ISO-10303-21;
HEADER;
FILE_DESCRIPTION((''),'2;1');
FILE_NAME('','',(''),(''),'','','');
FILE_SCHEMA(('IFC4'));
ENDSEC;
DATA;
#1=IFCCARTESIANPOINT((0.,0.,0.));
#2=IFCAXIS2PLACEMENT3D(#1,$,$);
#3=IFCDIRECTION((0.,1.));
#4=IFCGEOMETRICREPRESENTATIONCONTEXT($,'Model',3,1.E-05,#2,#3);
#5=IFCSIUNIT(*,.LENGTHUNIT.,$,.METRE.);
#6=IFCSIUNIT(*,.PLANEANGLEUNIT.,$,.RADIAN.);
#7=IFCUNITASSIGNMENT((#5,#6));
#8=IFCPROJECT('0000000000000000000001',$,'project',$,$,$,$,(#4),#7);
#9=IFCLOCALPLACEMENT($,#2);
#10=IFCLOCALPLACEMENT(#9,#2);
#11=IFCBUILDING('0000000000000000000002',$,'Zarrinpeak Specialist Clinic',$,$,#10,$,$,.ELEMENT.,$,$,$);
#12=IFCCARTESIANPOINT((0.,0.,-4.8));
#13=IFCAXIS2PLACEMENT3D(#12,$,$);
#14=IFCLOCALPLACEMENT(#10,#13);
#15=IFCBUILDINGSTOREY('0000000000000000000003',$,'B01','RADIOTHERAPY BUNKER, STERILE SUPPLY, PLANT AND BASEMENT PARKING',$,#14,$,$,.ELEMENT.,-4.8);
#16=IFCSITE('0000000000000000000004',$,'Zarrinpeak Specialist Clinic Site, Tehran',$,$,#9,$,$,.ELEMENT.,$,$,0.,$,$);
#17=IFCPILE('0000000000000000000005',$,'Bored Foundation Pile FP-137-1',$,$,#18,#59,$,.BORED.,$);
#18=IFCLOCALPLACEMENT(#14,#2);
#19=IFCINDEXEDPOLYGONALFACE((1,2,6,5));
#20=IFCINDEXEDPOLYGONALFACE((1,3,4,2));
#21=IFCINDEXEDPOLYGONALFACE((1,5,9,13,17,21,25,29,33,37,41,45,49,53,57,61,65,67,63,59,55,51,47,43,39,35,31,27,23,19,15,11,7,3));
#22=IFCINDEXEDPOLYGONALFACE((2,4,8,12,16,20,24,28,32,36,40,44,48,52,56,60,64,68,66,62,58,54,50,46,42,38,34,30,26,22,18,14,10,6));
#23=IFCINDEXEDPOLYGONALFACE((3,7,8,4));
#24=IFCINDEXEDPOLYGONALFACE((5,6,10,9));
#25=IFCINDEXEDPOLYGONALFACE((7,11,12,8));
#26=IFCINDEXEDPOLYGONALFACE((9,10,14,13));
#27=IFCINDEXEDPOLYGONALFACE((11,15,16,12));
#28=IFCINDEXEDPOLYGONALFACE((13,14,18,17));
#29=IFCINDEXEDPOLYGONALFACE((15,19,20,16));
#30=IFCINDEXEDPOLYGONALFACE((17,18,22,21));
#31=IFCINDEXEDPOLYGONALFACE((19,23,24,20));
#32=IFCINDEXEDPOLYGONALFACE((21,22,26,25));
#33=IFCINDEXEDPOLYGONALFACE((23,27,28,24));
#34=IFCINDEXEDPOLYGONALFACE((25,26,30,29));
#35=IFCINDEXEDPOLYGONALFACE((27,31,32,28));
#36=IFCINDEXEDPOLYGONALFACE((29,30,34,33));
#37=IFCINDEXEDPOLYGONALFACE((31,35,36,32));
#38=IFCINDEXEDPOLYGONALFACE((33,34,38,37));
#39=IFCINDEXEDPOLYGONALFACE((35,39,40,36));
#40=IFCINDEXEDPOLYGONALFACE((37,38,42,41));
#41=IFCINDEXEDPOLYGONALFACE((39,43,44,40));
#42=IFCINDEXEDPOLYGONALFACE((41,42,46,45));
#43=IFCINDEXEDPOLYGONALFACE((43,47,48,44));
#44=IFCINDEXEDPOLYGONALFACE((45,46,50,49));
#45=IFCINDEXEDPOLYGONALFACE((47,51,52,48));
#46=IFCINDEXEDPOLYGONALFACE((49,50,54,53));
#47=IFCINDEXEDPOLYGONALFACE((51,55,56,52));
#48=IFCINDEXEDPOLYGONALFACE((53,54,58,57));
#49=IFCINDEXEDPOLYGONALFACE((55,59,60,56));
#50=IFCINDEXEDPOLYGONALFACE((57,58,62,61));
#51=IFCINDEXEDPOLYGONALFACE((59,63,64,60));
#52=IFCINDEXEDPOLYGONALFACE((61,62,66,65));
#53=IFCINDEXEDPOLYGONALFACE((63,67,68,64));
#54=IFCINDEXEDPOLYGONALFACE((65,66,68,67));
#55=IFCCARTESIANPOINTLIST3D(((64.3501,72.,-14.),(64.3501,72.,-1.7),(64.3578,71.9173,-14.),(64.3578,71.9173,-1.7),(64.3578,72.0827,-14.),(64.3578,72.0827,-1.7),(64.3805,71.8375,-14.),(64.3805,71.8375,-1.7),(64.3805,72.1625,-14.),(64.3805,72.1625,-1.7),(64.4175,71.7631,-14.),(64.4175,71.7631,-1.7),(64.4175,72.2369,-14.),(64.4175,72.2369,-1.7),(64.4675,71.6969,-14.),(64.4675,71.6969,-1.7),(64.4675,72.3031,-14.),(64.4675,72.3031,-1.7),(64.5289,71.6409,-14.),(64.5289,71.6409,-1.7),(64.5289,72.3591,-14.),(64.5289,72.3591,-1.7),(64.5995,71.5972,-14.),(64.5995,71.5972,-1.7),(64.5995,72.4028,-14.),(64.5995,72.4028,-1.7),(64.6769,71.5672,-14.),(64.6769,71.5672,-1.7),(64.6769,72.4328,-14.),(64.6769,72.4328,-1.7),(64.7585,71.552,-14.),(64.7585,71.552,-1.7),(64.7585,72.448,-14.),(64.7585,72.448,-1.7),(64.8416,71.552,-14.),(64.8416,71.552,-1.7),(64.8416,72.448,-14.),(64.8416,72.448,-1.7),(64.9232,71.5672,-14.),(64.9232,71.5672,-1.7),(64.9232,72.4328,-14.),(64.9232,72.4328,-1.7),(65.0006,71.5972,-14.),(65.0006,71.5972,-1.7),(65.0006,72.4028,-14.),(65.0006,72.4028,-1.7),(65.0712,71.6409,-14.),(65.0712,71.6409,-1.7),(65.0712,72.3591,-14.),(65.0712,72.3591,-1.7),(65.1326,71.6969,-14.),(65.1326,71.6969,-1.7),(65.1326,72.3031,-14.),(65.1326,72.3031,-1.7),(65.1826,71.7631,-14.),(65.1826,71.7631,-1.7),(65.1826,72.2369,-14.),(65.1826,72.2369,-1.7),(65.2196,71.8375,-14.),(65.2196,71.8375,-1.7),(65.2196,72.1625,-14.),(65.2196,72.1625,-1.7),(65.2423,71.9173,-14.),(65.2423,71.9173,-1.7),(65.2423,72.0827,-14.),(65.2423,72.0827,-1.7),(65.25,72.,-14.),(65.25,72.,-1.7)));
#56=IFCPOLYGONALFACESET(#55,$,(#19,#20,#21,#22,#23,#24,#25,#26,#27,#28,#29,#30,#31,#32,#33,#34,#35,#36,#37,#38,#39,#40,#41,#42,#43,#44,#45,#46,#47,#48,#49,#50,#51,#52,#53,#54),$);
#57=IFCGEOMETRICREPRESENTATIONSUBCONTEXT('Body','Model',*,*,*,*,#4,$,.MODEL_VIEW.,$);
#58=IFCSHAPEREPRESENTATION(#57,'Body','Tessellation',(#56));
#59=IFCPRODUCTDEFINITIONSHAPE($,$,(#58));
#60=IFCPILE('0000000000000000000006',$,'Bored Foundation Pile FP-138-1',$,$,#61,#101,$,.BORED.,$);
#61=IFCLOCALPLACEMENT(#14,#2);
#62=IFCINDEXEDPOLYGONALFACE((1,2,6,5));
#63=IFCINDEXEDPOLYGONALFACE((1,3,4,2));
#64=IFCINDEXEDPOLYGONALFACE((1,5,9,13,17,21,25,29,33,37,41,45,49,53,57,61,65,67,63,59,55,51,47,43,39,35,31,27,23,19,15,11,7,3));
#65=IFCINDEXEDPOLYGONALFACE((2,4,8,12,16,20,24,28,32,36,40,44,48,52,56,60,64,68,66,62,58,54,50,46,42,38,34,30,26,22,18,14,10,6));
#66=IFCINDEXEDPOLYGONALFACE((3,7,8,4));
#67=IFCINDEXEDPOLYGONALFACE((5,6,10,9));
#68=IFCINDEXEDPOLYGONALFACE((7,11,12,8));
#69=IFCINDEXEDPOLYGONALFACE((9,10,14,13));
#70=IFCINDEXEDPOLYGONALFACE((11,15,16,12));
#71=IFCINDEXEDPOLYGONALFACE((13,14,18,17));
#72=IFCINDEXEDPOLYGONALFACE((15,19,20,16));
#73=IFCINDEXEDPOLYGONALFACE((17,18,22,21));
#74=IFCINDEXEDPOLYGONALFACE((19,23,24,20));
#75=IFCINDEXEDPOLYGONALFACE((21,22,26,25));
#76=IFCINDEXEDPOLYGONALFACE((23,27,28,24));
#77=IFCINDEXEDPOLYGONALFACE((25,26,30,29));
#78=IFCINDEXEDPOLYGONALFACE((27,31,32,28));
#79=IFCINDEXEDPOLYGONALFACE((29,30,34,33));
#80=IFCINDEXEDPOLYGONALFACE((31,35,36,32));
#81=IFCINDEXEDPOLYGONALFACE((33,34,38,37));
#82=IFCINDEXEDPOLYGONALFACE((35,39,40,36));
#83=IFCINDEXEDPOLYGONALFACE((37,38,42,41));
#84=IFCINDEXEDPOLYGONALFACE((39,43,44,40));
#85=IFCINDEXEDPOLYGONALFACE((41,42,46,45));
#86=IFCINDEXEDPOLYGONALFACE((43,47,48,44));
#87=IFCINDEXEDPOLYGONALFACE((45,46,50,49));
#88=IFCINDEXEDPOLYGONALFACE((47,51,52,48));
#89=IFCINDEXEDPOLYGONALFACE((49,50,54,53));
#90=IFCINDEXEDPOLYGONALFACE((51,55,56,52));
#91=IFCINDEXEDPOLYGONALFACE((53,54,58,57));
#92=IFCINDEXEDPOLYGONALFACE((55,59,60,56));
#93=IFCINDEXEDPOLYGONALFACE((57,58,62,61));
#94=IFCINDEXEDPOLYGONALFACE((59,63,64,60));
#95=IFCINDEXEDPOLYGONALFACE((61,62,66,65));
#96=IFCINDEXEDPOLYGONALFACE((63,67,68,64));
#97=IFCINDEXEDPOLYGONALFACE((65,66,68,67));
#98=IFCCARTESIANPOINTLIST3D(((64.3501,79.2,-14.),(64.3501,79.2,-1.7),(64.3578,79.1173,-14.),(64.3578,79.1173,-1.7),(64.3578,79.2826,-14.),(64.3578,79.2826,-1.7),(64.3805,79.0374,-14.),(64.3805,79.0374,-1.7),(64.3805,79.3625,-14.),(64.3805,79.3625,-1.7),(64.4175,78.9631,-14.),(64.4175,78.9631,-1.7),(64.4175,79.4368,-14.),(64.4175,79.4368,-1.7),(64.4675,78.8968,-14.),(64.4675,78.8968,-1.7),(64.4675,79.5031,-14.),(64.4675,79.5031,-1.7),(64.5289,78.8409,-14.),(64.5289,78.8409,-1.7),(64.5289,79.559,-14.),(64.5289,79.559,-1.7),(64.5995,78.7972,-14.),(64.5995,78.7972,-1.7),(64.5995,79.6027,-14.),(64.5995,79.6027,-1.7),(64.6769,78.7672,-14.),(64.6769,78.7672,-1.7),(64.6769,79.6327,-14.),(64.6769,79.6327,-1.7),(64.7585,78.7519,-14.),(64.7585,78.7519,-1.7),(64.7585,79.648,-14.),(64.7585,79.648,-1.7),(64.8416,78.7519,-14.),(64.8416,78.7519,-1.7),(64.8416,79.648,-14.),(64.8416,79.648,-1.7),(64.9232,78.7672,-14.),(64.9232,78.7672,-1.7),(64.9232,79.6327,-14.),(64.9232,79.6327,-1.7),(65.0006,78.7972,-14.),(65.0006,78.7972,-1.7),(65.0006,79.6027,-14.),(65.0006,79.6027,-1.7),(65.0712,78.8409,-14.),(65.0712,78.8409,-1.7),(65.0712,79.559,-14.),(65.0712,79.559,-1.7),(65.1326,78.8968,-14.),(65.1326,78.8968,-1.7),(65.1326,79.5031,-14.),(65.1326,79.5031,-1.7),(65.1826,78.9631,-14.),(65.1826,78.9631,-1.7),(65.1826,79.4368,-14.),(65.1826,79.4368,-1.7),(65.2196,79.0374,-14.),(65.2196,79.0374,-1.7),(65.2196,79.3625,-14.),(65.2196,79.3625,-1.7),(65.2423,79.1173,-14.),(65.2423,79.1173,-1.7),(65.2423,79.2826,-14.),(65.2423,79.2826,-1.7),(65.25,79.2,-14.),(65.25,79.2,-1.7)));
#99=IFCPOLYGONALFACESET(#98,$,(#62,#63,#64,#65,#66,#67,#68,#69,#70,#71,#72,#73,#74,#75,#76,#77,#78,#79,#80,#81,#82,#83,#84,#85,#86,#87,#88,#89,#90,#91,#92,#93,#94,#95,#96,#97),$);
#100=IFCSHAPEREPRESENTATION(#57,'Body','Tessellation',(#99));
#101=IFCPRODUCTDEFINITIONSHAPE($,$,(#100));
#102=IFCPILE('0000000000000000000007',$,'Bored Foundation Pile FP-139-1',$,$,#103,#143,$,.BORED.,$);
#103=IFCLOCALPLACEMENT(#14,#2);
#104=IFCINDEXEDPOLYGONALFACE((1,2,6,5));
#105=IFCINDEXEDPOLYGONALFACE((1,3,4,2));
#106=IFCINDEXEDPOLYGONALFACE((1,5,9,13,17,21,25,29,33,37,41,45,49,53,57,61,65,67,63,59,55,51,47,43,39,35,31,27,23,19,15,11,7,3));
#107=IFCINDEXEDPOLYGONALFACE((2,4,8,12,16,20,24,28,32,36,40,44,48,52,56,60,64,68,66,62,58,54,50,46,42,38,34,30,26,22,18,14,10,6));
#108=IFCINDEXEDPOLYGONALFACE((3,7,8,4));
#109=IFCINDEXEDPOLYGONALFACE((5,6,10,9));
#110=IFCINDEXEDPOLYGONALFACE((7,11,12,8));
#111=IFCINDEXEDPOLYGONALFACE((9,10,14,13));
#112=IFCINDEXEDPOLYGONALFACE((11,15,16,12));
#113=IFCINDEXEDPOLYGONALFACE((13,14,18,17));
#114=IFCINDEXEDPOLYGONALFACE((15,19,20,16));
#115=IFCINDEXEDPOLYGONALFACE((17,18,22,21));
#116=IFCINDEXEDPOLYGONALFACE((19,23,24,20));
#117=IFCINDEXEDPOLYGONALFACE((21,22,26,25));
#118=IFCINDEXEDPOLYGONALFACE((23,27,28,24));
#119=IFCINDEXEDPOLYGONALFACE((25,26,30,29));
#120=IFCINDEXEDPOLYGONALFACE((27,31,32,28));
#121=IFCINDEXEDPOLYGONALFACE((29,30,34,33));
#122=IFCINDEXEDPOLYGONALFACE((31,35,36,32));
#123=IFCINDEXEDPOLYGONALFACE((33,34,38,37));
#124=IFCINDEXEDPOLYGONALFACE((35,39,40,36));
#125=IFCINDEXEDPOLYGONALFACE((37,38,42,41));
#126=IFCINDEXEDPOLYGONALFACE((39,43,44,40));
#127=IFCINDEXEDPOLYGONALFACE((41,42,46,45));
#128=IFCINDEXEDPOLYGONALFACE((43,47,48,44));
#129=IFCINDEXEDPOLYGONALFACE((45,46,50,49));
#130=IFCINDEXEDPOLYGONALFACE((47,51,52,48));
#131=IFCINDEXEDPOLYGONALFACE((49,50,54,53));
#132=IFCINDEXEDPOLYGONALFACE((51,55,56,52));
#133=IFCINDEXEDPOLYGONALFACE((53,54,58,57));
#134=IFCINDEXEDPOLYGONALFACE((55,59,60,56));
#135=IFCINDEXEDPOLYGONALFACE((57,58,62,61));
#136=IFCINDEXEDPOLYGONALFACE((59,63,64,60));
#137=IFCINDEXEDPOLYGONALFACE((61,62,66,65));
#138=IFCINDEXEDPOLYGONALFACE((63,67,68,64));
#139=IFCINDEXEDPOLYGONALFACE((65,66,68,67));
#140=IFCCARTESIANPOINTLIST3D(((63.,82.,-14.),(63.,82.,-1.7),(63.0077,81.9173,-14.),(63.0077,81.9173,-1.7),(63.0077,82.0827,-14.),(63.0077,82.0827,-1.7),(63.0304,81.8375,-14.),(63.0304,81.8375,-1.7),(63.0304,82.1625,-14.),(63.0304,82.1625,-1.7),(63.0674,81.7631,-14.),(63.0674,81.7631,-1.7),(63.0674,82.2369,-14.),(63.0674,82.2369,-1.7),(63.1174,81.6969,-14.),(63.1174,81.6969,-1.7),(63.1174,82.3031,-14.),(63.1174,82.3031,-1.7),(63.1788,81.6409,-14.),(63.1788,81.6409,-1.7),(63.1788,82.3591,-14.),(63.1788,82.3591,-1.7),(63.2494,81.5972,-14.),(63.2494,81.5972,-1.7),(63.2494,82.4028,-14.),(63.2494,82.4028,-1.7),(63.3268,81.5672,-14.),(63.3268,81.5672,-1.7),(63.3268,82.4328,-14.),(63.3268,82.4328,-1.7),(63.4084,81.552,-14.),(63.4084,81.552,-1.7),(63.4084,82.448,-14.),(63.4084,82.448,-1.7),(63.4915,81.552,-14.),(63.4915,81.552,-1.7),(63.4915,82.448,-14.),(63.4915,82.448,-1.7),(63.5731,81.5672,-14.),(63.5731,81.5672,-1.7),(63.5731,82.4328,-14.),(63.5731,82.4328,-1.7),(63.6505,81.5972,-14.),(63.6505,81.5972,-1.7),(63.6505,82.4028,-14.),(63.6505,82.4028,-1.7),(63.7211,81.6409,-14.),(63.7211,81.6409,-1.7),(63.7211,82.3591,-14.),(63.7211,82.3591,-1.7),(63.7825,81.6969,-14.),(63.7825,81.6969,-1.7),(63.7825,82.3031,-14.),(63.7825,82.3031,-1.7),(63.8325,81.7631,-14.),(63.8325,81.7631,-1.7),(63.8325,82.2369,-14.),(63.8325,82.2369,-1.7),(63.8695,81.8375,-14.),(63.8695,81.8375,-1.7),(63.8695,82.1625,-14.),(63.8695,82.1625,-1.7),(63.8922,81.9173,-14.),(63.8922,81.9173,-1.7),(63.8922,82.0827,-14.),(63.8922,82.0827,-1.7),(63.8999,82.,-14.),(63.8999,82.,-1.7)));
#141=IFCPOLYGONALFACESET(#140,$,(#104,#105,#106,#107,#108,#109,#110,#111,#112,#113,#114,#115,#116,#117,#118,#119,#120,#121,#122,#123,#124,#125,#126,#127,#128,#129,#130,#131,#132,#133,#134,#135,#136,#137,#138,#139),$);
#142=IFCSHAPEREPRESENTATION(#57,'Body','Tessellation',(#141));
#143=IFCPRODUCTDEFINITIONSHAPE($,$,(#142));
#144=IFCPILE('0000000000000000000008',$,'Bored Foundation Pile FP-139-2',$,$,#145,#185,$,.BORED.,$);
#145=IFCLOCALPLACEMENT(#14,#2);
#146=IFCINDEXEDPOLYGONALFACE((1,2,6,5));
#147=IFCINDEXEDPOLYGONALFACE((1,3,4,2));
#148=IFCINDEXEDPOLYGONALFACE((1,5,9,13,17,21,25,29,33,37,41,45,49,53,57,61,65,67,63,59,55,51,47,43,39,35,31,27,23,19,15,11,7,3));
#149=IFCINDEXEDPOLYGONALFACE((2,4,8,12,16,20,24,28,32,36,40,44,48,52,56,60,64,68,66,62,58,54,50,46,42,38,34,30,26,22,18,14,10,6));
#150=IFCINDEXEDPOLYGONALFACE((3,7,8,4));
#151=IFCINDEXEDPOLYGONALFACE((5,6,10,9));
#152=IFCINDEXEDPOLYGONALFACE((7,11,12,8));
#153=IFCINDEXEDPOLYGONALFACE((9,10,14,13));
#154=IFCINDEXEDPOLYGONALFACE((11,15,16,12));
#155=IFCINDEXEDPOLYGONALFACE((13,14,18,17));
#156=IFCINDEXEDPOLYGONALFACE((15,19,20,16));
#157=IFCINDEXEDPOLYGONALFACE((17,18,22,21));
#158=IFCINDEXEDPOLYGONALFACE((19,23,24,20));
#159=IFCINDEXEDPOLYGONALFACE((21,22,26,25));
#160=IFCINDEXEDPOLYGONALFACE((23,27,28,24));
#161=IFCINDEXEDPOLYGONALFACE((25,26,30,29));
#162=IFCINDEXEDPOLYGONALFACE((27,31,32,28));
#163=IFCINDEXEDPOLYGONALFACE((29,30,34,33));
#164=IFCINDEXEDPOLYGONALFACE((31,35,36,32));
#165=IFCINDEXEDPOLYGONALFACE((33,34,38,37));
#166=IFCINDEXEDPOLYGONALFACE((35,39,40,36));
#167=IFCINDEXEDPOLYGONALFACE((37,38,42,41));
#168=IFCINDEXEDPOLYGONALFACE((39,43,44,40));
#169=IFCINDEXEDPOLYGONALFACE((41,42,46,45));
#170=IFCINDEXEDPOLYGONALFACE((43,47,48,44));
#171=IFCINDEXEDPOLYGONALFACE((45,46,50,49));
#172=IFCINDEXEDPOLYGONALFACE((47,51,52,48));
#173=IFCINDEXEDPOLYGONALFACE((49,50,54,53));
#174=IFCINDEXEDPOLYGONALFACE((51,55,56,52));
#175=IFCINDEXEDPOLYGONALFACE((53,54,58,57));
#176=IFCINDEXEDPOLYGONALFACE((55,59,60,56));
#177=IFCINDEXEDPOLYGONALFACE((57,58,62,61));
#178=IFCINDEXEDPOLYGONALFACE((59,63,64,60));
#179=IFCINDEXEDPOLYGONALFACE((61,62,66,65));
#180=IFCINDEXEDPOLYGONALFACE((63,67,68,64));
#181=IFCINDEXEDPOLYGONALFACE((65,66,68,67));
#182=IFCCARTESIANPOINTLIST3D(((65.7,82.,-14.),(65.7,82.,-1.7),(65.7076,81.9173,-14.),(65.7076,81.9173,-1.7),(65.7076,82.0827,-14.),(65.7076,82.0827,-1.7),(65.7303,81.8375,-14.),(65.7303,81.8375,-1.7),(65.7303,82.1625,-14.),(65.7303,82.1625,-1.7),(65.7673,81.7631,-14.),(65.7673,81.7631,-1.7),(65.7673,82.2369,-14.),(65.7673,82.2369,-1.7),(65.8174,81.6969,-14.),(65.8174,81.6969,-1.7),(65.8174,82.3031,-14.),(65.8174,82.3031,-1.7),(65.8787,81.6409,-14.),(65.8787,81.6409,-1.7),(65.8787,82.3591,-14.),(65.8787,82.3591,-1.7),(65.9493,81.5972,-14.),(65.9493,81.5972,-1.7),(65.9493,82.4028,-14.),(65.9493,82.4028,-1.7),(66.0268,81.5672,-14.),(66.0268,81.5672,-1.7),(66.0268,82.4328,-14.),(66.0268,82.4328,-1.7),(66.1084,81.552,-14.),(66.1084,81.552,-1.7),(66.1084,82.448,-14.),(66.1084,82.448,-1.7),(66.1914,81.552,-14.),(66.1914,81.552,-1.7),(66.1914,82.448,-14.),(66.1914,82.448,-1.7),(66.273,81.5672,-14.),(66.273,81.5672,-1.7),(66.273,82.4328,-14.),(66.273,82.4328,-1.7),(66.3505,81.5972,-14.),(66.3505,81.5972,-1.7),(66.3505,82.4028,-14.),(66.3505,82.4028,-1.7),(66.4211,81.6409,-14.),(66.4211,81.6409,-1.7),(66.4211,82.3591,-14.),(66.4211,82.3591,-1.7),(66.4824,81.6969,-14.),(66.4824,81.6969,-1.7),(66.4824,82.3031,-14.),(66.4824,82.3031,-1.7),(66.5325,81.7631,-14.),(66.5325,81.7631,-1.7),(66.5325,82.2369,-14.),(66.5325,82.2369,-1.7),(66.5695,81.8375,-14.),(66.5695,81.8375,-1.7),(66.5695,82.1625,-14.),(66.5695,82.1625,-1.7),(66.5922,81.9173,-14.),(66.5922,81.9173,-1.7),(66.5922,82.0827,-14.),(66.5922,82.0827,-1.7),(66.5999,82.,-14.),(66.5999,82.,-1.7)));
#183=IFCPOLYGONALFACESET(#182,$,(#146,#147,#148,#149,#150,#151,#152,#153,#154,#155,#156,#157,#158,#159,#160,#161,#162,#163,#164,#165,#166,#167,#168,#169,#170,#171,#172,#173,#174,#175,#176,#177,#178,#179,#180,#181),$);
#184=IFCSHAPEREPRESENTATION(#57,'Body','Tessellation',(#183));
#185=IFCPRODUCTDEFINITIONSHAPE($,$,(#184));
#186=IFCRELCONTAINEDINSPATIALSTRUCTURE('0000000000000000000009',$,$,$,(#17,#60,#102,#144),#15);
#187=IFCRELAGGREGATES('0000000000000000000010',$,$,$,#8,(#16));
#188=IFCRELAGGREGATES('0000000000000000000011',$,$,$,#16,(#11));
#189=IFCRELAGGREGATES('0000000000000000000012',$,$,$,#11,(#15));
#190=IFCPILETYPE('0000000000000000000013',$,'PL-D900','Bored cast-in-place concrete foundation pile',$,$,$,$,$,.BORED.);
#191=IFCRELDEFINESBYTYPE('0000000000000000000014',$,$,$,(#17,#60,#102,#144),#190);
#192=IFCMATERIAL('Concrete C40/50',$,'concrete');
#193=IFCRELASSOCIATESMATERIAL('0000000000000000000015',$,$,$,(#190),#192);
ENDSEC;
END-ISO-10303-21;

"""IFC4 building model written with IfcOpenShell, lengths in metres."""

from ifc_helpers import new_model, si_unit, direction, frame, origin, origin_2d, place, context, subcontext, project, spatial, circle, extrude, material, material_profile, profile_set, type_object, element, save


model = new_model("IFC4")

# Units and contexts
model_context = context("Model", 3, precision=1e-05, world=origin(), true_north=direction((0.0, 1.0)))
body_context = subcontext(model_context, "Body", "Model", "MODEL_VIEW")
ifc_project = project(units=[si_unit("LENGTHUNIT", "METRE"), si_unit("PLANEANGLEUNIT", "RADIAN")], contexts=[model_context])

# Site, building, storey
site_placement = place(None, origin())
site = spatial("IfcSite", under=ifc_project, at=site_placement, Name="Zarrinpeak Specialist Clinic Site, Tehran", CompositionType="ELEMENT", RefElevation=0.0)
building_placement = place(site_placement, origin())
building = spatial("IfcBuilding", under=site, at=building_placement, Name="Zarrinpeak Specialist Clinic", CompositionType="ELEMENT")
storey_placement = place(building_placement, frame((0.0, 0.0, -4.8)))
storey = spatial("IfcBuildingStorey", under=building, at=storey_placement, Name="B01", Description="RADIOTHERAPY BUNKER, STERILE SUPPLY, PLANT AND BASEMENT PARKING", CompositionType="ELEMENT", Elevation=-4.8)

# Shared definitions
ifc_material = material(Name="Concrete C40/50", Category="concrete")

# Piles
ifc_material_profile_1 = material_profile(ifc_material, circle(Radius=0.45, at=origin_2d()), Name="BORED PILE D900")
ifc_profile_set_1 = profile_set([ifc_material_profile_1], Name="Concrete C40/50")
pile_type = type_object("IfcPileType", Name="PL-D900", Description="Bored cast-in-place concrete foundation pile", PredefinedType="BORED", material=ifc_profile_set_1)
for number, where, z_axis, x_axis, name in (
    (1, (64.8, 72.0, -1.7), (0.0, 0.0, -1.0), (1.0, 0.0, 0.0), "Bored Foundation Pile FP-137-1"),
    (2, (64.8, 79.2, -1.7), (0.0, 0.0, -1.0), (1.0, 0.0, 0.0), "Bored Foundation Pile FP-138-1"),
    (3, (63.45, 82.0, -1.7), (0.0, 0.0, -1.0), (1.0, 0.0, 0.0), "Bored Foundation Pile FP-139-1"),
    (4, (66.1499, 82.0, -1.7), (0.0, 0.0, -1.0), (1.0, 0.0, 0.0), "Bored Foundation Pile FP-139-2"),
):
    element("IfcPile", number, at=place(storey_placement, frame(where, z_axis=z_axis, x_axis=x_axis)), inside=storey, type_object=pile_type, Name=name, PredefinedType="BORED", context=body_context, shape_type="SweptSolid", body=[
        extrude(circle(Radius=0.45, at=origin_2d()), origin(), (0.0, 0.0, 1.0), 12.3),
    ])

save(model, "model.ifc")
